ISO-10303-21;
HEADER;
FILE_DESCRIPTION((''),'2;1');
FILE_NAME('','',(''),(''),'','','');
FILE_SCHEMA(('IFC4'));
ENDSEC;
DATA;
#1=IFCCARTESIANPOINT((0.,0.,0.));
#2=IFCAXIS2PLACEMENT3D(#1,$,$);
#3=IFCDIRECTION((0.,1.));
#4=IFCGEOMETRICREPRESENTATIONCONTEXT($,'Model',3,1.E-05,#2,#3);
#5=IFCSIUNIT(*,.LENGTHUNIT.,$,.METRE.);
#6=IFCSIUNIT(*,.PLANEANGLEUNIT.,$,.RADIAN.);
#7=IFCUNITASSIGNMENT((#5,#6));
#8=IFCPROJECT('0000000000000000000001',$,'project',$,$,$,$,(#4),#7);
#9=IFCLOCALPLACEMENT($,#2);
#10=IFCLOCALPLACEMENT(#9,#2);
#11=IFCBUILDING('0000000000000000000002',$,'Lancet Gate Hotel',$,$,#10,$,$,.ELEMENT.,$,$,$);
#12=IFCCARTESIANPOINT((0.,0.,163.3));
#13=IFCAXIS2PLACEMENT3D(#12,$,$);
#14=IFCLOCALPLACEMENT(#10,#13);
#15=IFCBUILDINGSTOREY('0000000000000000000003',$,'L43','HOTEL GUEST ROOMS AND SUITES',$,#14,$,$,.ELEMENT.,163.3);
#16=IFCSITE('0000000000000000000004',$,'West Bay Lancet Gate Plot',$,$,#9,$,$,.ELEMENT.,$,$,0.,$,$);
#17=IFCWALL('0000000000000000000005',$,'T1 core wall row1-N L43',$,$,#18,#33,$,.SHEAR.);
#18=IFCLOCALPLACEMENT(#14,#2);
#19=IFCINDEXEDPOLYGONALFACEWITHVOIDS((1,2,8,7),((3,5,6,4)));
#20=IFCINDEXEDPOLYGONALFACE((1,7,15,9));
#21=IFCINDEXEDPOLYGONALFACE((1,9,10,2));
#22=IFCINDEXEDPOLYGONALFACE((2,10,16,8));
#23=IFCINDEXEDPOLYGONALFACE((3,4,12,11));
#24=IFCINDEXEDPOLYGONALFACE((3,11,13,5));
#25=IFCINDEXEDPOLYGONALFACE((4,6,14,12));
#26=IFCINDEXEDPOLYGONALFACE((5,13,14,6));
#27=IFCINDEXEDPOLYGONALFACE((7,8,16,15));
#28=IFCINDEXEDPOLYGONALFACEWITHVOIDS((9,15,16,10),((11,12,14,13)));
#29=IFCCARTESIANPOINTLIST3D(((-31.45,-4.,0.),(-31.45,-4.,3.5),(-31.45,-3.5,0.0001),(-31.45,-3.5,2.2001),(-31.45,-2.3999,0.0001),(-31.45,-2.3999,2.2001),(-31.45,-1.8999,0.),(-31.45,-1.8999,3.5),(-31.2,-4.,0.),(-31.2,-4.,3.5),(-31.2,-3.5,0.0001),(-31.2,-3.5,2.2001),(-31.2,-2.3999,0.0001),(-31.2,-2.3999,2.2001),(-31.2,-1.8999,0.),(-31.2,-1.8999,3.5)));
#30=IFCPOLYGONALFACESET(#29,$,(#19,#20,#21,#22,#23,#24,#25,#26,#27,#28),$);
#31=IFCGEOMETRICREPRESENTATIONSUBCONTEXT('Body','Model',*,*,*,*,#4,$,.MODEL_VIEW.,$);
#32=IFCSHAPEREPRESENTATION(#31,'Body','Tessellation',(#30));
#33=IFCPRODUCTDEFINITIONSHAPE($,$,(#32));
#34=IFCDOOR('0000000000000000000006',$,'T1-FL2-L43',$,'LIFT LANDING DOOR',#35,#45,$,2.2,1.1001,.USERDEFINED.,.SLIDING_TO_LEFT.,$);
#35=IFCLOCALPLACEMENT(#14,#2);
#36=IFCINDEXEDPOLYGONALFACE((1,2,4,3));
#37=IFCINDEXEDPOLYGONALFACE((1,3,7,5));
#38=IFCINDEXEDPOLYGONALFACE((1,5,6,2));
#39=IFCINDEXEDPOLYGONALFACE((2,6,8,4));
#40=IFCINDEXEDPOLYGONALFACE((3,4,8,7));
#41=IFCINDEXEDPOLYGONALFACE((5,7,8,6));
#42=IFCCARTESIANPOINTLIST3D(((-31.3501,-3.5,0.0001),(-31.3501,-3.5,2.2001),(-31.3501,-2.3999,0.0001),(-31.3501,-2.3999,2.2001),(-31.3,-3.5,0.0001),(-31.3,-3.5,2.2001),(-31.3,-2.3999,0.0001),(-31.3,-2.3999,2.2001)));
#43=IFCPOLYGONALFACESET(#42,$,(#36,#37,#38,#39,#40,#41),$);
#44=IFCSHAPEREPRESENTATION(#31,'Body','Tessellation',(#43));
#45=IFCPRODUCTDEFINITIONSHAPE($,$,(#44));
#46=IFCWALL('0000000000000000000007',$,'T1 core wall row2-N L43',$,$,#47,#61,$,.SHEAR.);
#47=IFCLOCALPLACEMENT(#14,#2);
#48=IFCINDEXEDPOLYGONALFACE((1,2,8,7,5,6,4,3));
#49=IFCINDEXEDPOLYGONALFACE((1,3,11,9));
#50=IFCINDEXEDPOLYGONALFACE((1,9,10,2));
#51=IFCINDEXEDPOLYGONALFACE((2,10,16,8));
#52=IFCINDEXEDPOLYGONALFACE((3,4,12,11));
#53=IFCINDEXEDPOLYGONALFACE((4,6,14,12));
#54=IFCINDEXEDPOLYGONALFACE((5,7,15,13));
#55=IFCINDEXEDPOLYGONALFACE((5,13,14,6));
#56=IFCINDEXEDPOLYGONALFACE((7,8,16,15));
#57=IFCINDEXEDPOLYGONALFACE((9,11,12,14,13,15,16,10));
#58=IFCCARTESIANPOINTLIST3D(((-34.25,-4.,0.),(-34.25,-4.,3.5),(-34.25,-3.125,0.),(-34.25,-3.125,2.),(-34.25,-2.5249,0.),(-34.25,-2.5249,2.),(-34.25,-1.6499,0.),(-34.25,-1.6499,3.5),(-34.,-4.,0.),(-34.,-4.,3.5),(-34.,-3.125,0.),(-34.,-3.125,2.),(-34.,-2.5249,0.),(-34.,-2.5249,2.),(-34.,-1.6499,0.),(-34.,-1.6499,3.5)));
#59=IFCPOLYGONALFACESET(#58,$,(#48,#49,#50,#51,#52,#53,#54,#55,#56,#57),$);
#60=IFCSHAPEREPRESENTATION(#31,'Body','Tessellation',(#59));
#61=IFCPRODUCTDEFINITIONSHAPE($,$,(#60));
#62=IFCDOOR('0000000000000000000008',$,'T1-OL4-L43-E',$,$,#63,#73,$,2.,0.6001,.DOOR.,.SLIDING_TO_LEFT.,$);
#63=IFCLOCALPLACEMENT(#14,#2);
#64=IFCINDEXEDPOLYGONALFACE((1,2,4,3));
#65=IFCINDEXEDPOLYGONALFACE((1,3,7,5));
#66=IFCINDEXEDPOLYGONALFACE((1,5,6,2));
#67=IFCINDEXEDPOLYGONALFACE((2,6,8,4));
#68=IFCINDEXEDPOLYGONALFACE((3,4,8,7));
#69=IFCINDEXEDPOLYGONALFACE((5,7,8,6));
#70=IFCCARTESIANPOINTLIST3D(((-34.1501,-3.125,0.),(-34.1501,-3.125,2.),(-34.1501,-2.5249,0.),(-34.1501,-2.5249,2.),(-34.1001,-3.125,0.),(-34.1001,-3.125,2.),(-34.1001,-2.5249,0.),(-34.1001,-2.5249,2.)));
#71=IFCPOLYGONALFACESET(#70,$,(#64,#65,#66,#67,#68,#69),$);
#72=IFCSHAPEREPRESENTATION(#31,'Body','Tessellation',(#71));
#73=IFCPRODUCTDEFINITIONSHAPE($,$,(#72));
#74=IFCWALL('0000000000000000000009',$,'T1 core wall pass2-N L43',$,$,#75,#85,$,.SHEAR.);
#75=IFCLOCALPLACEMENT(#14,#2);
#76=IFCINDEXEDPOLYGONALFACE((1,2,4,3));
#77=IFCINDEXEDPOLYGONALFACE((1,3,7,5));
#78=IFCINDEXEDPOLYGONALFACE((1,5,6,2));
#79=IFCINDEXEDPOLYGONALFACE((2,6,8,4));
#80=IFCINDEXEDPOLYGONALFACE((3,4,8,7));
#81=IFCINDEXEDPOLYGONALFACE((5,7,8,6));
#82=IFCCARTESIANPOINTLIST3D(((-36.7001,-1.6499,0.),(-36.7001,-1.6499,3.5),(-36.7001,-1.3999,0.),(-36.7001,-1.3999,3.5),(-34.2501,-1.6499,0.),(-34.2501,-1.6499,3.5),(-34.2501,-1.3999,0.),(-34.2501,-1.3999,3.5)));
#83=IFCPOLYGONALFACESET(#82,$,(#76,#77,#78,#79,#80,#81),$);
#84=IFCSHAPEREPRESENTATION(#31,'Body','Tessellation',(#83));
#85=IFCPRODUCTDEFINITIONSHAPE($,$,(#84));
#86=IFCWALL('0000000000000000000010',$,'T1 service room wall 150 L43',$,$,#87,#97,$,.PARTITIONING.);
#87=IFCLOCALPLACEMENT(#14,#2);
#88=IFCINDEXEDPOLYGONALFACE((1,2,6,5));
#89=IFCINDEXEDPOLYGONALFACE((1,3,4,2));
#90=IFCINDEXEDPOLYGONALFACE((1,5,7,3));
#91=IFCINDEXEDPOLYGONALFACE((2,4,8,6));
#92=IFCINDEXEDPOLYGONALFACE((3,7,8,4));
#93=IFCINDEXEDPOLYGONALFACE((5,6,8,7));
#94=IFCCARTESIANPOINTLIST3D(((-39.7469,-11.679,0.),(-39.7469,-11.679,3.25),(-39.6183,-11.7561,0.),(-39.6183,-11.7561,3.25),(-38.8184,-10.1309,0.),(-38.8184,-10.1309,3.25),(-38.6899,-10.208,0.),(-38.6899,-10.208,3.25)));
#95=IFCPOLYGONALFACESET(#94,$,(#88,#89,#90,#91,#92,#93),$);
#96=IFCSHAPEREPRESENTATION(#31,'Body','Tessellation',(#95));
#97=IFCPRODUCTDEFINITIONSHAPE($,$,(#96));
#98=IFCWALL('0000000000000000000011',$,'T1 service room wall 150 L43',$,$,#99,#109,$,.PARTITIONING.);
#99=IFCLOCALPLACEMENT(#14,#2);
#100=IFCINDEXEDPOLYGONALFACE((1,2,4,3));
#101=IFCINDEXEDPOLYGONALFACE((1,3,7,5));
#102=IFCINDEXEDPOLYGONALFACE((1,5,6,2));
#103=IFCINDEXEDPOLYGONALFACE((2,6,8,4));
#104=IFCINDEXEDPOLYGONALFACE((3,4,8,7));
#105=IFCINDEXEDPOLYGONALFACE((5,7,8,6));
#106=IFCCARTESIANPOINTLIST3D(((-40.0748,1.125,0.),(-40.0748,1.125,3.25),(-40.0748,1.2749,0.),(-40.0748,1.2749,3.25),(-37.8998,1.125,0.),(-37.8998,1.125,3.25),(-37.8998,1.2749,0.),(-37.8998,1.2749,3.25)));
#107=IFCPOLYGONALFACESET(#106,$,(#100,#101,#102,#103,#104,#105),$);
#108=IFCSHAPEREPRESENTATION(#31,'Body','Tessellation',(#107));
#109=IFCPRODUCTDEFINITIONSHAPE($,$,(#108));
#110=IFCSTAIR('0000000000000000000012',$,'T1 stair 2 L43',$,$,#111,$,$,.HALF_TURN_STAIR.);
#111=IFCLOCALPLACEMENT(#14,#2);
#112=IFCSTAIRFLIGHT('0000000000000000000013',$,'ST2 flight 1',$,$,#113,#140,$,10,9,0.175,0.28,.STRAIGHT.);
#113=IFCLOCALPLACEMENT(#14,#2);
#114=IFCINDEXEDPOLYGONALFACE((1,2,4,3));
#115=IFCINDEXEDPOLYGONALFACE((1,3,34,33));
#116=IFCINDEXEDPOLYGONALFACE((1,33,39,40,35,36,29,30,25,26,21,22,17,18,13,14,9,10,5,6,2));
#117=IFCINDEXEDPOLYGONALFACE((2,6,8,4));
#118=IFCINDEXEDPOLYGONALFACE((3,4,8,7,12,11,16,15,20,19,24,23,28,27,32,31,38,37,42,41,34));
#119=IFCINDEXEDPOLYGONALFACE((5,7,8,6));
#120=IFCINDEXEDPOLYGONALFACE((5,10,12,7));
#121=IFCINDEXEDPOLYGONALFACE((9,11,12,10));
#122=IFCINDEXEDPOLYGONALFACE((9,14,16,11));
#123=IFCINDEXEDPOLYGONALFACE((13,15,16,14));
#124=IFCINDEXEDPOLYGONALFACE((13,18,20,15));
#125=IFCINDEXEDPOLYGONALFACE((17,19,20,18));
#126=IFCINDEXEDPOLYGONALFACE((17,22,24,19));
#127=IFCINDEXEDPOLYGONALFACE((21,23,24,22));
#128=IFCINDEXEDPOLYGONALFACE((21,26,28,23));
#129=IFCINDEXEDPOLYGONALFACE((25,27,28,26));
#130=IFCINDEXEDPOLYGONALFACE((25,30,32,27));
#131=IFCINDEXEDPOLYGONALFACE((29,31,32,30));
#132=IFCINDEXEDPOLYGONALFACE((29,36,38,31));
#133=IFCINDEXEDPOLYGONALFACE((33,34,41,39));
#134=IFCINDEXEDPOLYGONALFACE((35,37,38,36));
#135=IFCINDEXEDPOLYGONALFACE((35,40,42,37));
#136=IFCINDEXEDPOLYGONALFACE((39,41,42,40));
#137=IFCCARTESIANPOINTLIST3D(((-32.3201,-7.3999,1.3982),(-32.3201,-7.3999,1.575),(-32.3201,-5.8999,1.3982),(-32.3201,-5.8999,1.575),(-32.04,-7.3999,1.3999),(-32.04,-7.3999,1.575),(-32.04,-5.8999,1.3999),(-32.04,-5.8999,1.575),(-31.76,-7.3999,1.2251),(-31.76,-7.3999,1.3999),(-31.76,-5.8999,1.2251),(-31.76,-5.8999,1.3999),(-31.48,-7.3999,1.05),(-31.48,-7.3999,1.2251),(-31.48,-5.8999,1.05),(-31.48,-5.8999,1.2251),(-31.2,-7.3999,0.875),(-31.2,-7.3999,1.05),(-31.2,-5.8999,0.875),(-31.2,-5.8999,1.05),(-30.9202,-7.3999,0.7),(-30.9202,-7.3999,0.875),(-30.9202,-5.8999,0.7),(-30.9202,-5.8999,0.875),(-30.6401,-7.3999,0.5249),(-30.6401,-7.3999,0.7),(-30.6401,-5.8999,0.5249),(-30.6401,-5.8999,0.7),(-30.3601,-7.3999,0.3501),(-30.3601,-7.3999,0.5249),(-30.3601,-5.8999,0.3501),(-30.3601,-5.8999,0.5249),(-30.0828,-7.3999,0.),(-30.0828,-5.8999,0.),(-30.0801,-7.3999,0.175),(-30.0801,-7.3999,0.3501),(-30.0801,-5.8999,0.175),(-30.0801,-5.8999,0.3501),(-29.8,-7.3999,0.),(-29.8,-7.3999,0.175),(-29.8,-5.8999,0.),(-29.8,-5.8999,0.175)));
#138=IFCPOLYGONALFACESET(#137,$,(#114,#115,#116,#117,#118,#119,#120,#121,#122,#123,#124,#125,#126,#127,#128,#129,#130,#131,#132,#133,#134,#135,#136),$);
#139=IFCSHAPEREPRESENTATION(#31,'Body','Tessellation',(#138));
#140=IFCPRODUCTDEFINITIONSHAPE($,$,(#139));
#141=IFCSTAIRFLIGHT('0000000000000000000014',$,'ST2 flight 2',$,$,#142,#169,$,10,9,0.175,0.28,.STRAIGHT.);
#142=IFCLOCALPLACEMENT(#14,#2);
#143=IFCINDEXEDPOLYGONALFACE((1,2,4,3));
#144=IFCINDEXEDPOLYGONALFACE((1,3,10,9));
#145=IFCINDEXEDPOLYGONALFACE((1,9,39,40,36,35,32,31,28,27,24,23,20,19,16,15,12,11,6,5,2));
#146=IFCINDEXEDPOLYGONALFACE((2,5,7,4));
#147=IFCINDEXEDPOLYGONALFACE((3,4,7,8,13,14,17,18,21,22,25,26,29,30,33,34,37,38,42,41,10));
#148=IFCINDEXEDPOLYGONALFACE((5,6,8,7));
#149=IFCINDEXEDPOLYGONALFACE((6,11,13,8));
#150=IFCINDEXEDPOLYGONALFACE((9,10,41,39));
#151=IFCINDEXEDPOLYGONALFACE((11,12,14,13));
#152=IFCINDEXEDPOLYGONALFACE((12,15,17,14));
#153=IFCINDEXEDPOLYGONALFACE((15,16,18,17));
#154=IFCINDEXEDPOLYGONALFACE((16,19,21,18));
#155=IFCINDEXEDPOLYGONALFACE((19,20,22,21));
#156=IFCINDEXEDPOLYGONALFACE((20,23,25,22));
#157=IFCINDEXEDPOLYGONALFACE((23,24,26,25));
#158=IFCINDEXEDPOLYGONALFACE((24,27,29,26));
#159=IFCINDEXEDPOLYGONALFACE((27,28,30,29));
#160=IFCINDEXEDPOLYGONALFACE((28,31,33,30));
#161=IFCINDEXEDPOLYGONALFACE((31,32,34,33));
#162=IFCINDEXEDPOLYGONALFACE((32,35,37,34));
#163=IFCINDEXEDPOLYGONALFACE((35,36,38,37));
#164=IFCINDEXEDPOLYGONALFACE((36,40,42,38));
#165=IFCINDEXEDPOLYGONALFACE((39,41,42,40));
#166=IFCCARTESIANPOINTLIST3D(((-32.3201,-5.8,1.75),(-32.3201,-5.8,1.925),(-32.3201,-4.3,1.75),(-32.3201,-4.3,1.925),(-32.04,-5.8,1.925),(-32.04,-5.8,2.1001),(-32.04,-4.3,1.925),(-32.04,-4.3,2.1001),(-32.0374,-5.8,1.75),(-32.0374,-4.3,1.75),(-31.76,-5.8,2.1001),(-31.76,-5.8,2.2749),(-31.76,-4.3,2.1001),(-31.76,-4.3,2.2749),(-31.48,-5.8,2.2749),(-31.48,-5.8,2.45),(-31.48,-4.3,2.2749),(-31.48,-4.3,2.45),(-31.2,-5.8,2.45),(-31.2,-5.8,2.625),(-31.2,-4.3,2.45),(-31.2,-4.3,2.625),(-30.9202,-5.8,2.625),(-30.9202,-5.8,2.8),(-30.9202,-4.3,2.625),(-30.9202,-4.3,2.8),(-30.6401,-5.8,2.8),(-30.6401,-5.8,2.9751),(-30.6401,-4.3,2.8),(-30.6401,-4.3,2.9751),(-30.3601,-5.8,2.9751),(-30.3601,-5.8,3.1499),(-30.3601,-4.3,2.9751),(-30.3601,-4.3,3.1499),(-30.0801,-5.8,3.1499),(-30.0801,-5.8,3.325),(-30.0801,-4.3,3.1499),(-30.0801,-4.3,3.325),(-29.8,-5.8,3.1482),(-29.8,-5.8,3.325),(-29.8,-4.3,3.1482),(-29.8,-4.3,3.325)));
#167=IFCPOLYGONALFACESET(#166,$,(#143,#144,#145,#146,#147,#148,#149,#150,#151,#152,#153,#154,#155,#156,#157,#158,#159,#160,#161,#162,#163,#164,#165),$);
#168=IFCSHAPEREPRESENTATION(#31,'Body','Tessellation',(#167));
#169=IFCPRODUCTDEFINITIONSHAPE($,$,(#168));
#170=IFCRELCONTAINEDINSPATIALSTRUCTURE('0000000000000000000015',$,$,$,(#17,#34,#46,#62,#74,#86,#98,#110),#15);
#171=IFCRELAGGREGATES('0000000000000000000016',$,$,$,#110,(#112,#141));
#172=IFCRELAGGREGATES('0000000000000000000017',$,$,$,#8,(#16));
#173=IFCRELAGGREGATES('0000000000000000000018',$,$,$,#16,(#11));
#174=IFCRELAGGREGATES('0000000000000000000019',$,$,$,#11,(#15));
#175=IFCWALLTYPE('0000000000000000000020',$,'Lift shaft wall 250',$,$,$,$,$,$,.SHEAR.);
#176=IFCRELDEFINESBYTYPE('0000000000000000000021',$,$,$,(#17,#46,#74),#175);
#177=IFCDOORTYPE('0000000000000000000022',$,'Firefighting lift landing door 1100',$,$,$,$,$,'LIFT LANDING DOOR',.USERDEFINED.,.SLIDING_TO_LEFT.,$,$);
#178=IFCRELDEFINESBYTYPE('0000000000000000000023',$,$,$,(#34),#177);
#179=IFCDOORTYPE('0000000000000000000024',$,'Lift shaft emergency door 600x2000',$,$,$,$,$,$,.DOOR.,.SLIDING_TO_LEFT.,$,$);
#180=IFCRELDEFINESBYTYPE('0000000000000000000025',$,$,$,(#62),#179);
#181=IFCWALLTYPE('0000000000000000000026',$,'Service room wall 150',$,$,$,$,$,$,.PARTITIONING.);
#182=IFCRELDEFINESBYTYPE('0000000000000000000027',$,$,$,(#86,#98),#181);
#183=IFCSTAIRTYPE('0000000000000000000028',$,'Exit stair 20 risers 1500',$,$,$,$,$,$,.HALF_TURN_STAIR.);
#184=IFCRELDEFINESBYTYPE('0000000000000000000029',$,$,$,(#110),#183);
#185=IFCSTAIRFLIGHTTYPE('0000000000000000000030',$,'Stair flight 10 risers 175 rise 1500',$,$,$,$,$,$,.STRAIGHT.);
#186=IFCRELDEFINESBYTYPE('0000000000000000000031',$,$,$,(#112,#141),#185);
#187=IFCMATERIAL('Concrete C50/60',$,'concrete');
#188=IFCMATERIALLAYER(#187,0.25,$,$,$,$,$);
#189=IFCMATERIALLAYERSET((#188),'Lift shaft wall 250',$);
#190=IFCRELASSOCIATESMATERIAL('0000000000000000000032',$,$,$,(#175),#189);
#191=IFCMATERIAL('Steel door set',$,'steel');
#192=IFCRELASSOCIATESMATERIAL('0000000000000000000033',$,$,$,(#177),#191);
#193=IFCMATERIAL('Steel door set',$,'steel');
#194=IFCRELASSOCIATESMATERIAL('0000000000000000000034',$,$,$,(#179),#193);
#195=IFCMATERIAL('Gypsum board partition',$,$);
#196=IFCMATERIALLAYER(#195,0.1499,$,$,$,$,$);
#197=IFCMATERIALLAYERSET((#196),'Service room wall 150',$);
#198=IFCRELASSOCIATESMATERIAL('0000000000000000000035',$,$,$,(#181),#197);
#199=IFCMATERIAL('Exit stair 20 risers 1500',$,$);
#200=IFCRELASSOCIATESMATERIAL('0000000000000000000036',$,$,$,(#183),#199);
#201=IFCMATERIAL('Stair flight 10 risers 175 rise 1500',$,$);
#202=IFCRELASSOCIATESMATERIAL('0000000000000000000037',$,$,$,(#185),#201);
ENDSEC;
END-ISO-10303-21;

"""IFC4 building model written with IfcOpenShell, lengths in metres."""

from ifc_helpers import new_model, si_unit, direction, frame, frame_2d, origin, place, context, subcontext, project, spatial, polyline, rectangle, outline, extrude, material, layer, layer_set, type_object, element, fill, aggregate, save


model = new_model("IFC4")

# Units and contexts
model_context = context("Model", 3, precision=1e-05, world=origin(), true_north=direction((0.0, 1.0)))
body_context = subcontext(model_context, "Body", "Model", "MODEL_VIEW")
ifc_project = project(units=[si_unit("LENGTHUNIT", "METRE"), si_unit("PLANEANGLEUNIT", "RADIAN")], contexts=[model_context])

# Site, building, storey
site_placement = place(None, origin())
site = spatial("IfcSite", under=ifc_project, at=site_placement, Name="West Bay Lancet Gate Plot", CompositionType="ELEMENT", RefElevation=0.0)
building_placement = place(site_placement, origin())
building = spatial("IfcBuilding", under=site, at=building_placement, Name="Lancet Gate Hotel", CompositionType="ELEMENT")
storey_placement = place(building_placement, frame((0.0, 0.0, 163.3)))
storey = spatial("IfcBuildingStorey", under=building, at=storey_placement, Name="L43", Description="HOTEL GUEST ROOMS AND SUITES", CompositionType="ELEMENT", Elevation=163.3)

# Walls, openings, doors
ifc_material_1 = material(Name="Concrete C50/60", Category="concrete")
ifc_layer_1 = layer(ifc_material_1, 0.25)
ifc_layer_set_1 = layer_set([ifc_layer_1], Name="Lift shaft wall 250")
wall_type_1 = type_object("IfcWallType", Name="Lift shaft wall 250", PredefinedType="SHEAR", material=ifc_layer_set_1)
wall_1_placement = place(storey_placement, frame((-31.325, -1.8999, 0.0), z_axis=(0.0, 0.0, 1.0), x_axis=(0.0, -1.0, 0.0)))
wall_1 = element("IfcWall", 1, at=wall_1_placement, inside=storey, type_object=wall_type_1, Name="T1 core wall row1-N L43", PredefinedType="SHEAR", context=body_context, shape_type="SweptSolid", body=[
    extrude(rectangle(XDim=2.1001, YDim=0.25, at=frame_2d((1.05, 0.0))), origin(), (0.0, 0.0, 1.0), 3.5),
])
opening_1_placement = place(wall_1_placement, frame((0.5, 0.0, 0.0)))
opening_1 = element("IfcOpeningElement", 2, at=opening_1_placement, cuts=wall_1, PredefinedType="OPENING", context=body_context, shape_type="SweptSolid", body=[
    extrude(rectangle(XDim=1.1001, YDim=2.2, at=frame_2d((0.55, 1.1001))), frame((0.0, 0.135, 0.0), z_axis=(0.0, -1.0, 0.0), x_axis=(1.0, 0.0, 0.0)), (0.0, 0.0, 1.0), 0.27),
])
ifc_material_2 = material(Name="Steel door set", Category="steel")
door_type_1 = type_object("IfcDoorType", Name="Firefighting lift landing door 1100", ElementType="LIFT LANDING DOOR", OperationType="SLIDING_TO_LEFT", PredefinedType="USERDEFINED", material=ifc_material_2)
door_1_placement = place(opening_1_placement, origin())
door_1 = element("IfcDoor", 3, at=door_1_placement, inside=storey, type_object=door_type_1, Name="T1-FL2-L43", ObjectType="LIFT LANDING DOOR", OperationType="SLIDING_TO_LEFT", OverallHeight=2.2, OverallWidth=1.1001, PredefinedType="USERDEFINED", context=body_context, shape_type="SweptSolid", body=[
    extrude(rectangle(XDim=1.1001, YDim=2.2, at=frame_2d((0.55, 1.1001))), frame((0.0, 0.0249, 0.0), z_axis=(0.0, -1.0, 0.0), x_axis=(1.0, 0.0, 0.0)), (0.0, 0.0, 1.0), 0.05),
])
fill(opening_1, door_1)
wall_2_placement = place(storey_placement, frame((-34.125, -1.6499, 0.0), z_axis=(0.0, 0.0, 1.0), x_axis=(0.0, -1.0, 0.0)))
wall_2 = element("IfcWall", 4, at=wall_2_placement, inside=storey, type_object=wall_type_1, Name="T1 core wall row2-N L43", PredefinedType="SHEAR", context=body_context, shape_type="SweptSolid", body=[
    extrude(rectangle(XDim=2.3501, YDim=0.25, at=frame_2d((1.175, 0.0))), origin(), (0.0, 0.0, 1.0), 3.5),
])
opening_2_placement = place(wall_2_placement, frame((0.875, 0.0, 0.0)))
opening_2 = element("IfcOpeningElement", 5, at=opening_2_placement, cuts=wall_2, PredefinedType="OPENING", context=body_context, shape_type="SweptSolid", body=[
    extrude(rectangle(XDim=0.6001, YDim=2.0, at=frame_2d((0.3, 1.0))), frame((0.0, 0.135, 0.0), z_axis=(0.0, -1.0, 0.0), x_axis=(1.0, 0.0, 0.0)), (0.0, 0.0, 1.0), 0.27),
])
ifc_material_3 = material(Name="Steel door set", Category="steel")
door_type_2 = type_object("IfcDoorType", Name="Lift shaft emergency door 600x2000", OperationType="SLIDING_TO_LEFT", PredefinedType="DOOR", material=ifc_material_3)
door_2_placement = place(opening_2_placement, origin())
door_2 = element("IfcDoor", 6, at=door_2_placement, inside=storey, type_object=door_type_2, Name="T1-OL4-L43-E", OperationType="SLIDING_TO_LEFT", OverallHeight=2.0, OverallWidth=0.6001, PredefinedType="DOOR", context=body_context, shape_type="SweptSolid", body=[
    extrude(rectangle(XDim=0.6001, YDim=2.0, at=frame_2d((0.3, 1.0))), frame((0.0, 0.0249, 0.0), z_axis=(0.0, -1.0, 0.0), x_axis=(1.0, 0.0, 0.0)), (0.0, 0.0, 1.0), 0.05),
])
fill(opening_2, door_2)

# Walls
wall_3_placement = place(storey_placement, frame((-34.25, -1.5249, 0.0), z_axis=(0.0, 0.0, 1.0), x_axis=(-1.0, 0.0, 0.0)))
element("IfcWall", 7, at=wall_3_placement, inside=storey, type_object=wall_type_1, Name="T1 core wall pass2-N L43", PredefinedType="SHEAR", context=body_context, shape_type="SweptSolid", body=[
    extrude(rectangle(XDim=2.45, YDim=0.25, at=frame_2d((1.2251, 0.0))), origin(), (0.0, 0.0, 1.0), 3.5),
])
ifc_material_4 = material(Name="Gypsum board partition")
ifc_layer_2 = layer(ifc_material_4, 0.1499)
ifc_layer_set_2 = layer_set([ifc_layer_2], Name="Service room wall 150")
wall_type_2 = type_object("IfcWallType", Name="Service room wall 150", PredefinedType="PARTITIONING", material=ifc_layer_set_2)
wall_4_placement = place(storey_placement, frame((-39.6826, -11.7175, 0.0), z_axis=(0.0, 0.0, 1.0), x_axis=(0.514337, 0.857588, 0.0)))
element("IfcWall", 8, at=wall_4_placement, inside=storey, type_object=wall_type_2, Name="T1 service room wall 150 L43", PredefinedType="PARTITIONING", context=body_context, shape_type="SweptSolid", body=[
    extrude(rectangle(XDim=1.8052, YDim=0.1499, at=frame_2d((0.9026, 0.0))), origin(), (0.0, 0.0, 1.0), 3.25),
])
wall_5_placement = place(storey_placement, frame((-37.8999, 1.2, 0.0), z_axis=(0.0, 0.0, 1.0), x_axis=(-1.0, 0.0, 0.0)))
element("IfcWall", 9, at=wall_5_placement, inside=storey, type_object=wall_type_2, Name="T1 service room wall 150 L43", PredefinedType="PARTITIONING", context=body_context, shape_type="SweptSolid", body=[
    extrude(rectangle(XDim=2.175, YDim=0.1499, at=frame_2d((1.0874, 0.0))), origin(), (0.0, 0.0, 1.0), 3.25),
])

# Stair, stair flights
ifc_material_5 = material(Name="Exit stair 20 risers 1500")
stair_type = type_object("IfcStairType", Name="Exit stair 20 risers 1500", PredefinedType="HALF_TURN_STAIR", material=ifc_material_5)
stair_placement = place(storey_placement, origin())
stair = element("IfcStair", 10, at=stair_placement, inside=storey, type_object=stair_type, Name="T1 stair 2 L43", PredefinedType="HALF_TURN_STAIR")
ifc_material_6 = material(Name="Stair flight 10 risers 175 rise 1500")
stair_flight_type = type_object("IfcStairFlightType", Name="Stair flight 10 risers 175 rise 1500", PredefinedType="STRAIGHT", material=ifc_material_6)
stair_flight_1_placement = place(storey_placement, frame((-29.8, -6.6499, 0.0), z_axis=(0.0, 0.0, 1.0), x_axis=(-1.0, 0.0, 0.0)))
stair_flight_1 = element("IfcStairFlight", 11, at=stair_flight_1_placement, type_object=stair_flight_type, Name="ST2 flight 1", NumberOfRisers=10, NumberOfTreads=9, PredefinedType="STRAIGHT", RiserHeight=0.175, TreadLength=0.28, context=body_context, shape_type="SweptSolid", body=[
    extrude(outline(polyline([(0.0, 0.0), (0.0, 0.175), (0.28, 0.175), (0.28, 0.3501), (0.5601, 0.3501), (0.5601, 0.5249), (0.8401, 0.5249), (0.8401, 0.7), (1.1201, 0.7), (1.1201, 0.875), (1.3999, 0.875), (1.3999, 1.05), (1.6799, 1.05), (1.6799, 1.2251), (1.96, 1.2251), (1.96, 1.3999), (2.24, 1.3999), (2.24, 1.575), (2.52, 1.575), (2.52, 1.75), (2.52, 1.3982), (0.2827, 0.0), (0.0, 0.0)])), frame((0.0, 0.75, 0.0), z_axis=(0.0, -1.0, 0.0), x_axis=(1.0, 0.0, 0.0)), (0.0, 0.0, 1.0), 1.5),
])
stair_flight_2_placement = place(storey_placement, frame((-32.3201, -5.05, 1.75), z_axis=(0.0, 0.0, 1.0), x_axis=(1.0, 0.0, 0.0)))
stair_flight_2 = element("IfcStairFlight", 12, at=stair_flight_2_placement, type_object=stair_flight_type, Name="ST2 flight 2", NumberOfRisers=10, NumberOfTreads=9, PredefinedType="STRAIGHT", RiserHeight=0.175, TreadLength=0.28, context=body_context, shape_type="SweptSolid", body=[
    extrude(outline(polyline([(0.0, 0.0), (0.0, 0.175), (0.28, 0.175), (0.28, 0.3501), (0.5601, 0.3501), (0.5601, 0.5249), (0.8401, 0.5249), (0.8401, 0.7), (1.1201, 0.7), (1.1201, 0.875), (1.3999, 0.875), (1.3999, 1.05), (1.6799, 1.05), (1.6799, 1.2251), (1.96, 1.2251), (1.96, 1.3999), (2.24, 1.3999), (2.24, 1.575), (2.52, 1.575), (2.52, 1.75), (2.52, 1.3982), (0.2827, 0.0), (0.0, 0.0)])), frame((0.0, 0.75, 0.0), z_axis=(0.0, -1.0, 0.0), x_axis=(1.0, 0.0, 0.0)), (0.0, 0.0, 1.0), 1.5),
])
aggregate(stair, [stair_flight_1, stair_flight_2])

save(model, "model.ifc")
